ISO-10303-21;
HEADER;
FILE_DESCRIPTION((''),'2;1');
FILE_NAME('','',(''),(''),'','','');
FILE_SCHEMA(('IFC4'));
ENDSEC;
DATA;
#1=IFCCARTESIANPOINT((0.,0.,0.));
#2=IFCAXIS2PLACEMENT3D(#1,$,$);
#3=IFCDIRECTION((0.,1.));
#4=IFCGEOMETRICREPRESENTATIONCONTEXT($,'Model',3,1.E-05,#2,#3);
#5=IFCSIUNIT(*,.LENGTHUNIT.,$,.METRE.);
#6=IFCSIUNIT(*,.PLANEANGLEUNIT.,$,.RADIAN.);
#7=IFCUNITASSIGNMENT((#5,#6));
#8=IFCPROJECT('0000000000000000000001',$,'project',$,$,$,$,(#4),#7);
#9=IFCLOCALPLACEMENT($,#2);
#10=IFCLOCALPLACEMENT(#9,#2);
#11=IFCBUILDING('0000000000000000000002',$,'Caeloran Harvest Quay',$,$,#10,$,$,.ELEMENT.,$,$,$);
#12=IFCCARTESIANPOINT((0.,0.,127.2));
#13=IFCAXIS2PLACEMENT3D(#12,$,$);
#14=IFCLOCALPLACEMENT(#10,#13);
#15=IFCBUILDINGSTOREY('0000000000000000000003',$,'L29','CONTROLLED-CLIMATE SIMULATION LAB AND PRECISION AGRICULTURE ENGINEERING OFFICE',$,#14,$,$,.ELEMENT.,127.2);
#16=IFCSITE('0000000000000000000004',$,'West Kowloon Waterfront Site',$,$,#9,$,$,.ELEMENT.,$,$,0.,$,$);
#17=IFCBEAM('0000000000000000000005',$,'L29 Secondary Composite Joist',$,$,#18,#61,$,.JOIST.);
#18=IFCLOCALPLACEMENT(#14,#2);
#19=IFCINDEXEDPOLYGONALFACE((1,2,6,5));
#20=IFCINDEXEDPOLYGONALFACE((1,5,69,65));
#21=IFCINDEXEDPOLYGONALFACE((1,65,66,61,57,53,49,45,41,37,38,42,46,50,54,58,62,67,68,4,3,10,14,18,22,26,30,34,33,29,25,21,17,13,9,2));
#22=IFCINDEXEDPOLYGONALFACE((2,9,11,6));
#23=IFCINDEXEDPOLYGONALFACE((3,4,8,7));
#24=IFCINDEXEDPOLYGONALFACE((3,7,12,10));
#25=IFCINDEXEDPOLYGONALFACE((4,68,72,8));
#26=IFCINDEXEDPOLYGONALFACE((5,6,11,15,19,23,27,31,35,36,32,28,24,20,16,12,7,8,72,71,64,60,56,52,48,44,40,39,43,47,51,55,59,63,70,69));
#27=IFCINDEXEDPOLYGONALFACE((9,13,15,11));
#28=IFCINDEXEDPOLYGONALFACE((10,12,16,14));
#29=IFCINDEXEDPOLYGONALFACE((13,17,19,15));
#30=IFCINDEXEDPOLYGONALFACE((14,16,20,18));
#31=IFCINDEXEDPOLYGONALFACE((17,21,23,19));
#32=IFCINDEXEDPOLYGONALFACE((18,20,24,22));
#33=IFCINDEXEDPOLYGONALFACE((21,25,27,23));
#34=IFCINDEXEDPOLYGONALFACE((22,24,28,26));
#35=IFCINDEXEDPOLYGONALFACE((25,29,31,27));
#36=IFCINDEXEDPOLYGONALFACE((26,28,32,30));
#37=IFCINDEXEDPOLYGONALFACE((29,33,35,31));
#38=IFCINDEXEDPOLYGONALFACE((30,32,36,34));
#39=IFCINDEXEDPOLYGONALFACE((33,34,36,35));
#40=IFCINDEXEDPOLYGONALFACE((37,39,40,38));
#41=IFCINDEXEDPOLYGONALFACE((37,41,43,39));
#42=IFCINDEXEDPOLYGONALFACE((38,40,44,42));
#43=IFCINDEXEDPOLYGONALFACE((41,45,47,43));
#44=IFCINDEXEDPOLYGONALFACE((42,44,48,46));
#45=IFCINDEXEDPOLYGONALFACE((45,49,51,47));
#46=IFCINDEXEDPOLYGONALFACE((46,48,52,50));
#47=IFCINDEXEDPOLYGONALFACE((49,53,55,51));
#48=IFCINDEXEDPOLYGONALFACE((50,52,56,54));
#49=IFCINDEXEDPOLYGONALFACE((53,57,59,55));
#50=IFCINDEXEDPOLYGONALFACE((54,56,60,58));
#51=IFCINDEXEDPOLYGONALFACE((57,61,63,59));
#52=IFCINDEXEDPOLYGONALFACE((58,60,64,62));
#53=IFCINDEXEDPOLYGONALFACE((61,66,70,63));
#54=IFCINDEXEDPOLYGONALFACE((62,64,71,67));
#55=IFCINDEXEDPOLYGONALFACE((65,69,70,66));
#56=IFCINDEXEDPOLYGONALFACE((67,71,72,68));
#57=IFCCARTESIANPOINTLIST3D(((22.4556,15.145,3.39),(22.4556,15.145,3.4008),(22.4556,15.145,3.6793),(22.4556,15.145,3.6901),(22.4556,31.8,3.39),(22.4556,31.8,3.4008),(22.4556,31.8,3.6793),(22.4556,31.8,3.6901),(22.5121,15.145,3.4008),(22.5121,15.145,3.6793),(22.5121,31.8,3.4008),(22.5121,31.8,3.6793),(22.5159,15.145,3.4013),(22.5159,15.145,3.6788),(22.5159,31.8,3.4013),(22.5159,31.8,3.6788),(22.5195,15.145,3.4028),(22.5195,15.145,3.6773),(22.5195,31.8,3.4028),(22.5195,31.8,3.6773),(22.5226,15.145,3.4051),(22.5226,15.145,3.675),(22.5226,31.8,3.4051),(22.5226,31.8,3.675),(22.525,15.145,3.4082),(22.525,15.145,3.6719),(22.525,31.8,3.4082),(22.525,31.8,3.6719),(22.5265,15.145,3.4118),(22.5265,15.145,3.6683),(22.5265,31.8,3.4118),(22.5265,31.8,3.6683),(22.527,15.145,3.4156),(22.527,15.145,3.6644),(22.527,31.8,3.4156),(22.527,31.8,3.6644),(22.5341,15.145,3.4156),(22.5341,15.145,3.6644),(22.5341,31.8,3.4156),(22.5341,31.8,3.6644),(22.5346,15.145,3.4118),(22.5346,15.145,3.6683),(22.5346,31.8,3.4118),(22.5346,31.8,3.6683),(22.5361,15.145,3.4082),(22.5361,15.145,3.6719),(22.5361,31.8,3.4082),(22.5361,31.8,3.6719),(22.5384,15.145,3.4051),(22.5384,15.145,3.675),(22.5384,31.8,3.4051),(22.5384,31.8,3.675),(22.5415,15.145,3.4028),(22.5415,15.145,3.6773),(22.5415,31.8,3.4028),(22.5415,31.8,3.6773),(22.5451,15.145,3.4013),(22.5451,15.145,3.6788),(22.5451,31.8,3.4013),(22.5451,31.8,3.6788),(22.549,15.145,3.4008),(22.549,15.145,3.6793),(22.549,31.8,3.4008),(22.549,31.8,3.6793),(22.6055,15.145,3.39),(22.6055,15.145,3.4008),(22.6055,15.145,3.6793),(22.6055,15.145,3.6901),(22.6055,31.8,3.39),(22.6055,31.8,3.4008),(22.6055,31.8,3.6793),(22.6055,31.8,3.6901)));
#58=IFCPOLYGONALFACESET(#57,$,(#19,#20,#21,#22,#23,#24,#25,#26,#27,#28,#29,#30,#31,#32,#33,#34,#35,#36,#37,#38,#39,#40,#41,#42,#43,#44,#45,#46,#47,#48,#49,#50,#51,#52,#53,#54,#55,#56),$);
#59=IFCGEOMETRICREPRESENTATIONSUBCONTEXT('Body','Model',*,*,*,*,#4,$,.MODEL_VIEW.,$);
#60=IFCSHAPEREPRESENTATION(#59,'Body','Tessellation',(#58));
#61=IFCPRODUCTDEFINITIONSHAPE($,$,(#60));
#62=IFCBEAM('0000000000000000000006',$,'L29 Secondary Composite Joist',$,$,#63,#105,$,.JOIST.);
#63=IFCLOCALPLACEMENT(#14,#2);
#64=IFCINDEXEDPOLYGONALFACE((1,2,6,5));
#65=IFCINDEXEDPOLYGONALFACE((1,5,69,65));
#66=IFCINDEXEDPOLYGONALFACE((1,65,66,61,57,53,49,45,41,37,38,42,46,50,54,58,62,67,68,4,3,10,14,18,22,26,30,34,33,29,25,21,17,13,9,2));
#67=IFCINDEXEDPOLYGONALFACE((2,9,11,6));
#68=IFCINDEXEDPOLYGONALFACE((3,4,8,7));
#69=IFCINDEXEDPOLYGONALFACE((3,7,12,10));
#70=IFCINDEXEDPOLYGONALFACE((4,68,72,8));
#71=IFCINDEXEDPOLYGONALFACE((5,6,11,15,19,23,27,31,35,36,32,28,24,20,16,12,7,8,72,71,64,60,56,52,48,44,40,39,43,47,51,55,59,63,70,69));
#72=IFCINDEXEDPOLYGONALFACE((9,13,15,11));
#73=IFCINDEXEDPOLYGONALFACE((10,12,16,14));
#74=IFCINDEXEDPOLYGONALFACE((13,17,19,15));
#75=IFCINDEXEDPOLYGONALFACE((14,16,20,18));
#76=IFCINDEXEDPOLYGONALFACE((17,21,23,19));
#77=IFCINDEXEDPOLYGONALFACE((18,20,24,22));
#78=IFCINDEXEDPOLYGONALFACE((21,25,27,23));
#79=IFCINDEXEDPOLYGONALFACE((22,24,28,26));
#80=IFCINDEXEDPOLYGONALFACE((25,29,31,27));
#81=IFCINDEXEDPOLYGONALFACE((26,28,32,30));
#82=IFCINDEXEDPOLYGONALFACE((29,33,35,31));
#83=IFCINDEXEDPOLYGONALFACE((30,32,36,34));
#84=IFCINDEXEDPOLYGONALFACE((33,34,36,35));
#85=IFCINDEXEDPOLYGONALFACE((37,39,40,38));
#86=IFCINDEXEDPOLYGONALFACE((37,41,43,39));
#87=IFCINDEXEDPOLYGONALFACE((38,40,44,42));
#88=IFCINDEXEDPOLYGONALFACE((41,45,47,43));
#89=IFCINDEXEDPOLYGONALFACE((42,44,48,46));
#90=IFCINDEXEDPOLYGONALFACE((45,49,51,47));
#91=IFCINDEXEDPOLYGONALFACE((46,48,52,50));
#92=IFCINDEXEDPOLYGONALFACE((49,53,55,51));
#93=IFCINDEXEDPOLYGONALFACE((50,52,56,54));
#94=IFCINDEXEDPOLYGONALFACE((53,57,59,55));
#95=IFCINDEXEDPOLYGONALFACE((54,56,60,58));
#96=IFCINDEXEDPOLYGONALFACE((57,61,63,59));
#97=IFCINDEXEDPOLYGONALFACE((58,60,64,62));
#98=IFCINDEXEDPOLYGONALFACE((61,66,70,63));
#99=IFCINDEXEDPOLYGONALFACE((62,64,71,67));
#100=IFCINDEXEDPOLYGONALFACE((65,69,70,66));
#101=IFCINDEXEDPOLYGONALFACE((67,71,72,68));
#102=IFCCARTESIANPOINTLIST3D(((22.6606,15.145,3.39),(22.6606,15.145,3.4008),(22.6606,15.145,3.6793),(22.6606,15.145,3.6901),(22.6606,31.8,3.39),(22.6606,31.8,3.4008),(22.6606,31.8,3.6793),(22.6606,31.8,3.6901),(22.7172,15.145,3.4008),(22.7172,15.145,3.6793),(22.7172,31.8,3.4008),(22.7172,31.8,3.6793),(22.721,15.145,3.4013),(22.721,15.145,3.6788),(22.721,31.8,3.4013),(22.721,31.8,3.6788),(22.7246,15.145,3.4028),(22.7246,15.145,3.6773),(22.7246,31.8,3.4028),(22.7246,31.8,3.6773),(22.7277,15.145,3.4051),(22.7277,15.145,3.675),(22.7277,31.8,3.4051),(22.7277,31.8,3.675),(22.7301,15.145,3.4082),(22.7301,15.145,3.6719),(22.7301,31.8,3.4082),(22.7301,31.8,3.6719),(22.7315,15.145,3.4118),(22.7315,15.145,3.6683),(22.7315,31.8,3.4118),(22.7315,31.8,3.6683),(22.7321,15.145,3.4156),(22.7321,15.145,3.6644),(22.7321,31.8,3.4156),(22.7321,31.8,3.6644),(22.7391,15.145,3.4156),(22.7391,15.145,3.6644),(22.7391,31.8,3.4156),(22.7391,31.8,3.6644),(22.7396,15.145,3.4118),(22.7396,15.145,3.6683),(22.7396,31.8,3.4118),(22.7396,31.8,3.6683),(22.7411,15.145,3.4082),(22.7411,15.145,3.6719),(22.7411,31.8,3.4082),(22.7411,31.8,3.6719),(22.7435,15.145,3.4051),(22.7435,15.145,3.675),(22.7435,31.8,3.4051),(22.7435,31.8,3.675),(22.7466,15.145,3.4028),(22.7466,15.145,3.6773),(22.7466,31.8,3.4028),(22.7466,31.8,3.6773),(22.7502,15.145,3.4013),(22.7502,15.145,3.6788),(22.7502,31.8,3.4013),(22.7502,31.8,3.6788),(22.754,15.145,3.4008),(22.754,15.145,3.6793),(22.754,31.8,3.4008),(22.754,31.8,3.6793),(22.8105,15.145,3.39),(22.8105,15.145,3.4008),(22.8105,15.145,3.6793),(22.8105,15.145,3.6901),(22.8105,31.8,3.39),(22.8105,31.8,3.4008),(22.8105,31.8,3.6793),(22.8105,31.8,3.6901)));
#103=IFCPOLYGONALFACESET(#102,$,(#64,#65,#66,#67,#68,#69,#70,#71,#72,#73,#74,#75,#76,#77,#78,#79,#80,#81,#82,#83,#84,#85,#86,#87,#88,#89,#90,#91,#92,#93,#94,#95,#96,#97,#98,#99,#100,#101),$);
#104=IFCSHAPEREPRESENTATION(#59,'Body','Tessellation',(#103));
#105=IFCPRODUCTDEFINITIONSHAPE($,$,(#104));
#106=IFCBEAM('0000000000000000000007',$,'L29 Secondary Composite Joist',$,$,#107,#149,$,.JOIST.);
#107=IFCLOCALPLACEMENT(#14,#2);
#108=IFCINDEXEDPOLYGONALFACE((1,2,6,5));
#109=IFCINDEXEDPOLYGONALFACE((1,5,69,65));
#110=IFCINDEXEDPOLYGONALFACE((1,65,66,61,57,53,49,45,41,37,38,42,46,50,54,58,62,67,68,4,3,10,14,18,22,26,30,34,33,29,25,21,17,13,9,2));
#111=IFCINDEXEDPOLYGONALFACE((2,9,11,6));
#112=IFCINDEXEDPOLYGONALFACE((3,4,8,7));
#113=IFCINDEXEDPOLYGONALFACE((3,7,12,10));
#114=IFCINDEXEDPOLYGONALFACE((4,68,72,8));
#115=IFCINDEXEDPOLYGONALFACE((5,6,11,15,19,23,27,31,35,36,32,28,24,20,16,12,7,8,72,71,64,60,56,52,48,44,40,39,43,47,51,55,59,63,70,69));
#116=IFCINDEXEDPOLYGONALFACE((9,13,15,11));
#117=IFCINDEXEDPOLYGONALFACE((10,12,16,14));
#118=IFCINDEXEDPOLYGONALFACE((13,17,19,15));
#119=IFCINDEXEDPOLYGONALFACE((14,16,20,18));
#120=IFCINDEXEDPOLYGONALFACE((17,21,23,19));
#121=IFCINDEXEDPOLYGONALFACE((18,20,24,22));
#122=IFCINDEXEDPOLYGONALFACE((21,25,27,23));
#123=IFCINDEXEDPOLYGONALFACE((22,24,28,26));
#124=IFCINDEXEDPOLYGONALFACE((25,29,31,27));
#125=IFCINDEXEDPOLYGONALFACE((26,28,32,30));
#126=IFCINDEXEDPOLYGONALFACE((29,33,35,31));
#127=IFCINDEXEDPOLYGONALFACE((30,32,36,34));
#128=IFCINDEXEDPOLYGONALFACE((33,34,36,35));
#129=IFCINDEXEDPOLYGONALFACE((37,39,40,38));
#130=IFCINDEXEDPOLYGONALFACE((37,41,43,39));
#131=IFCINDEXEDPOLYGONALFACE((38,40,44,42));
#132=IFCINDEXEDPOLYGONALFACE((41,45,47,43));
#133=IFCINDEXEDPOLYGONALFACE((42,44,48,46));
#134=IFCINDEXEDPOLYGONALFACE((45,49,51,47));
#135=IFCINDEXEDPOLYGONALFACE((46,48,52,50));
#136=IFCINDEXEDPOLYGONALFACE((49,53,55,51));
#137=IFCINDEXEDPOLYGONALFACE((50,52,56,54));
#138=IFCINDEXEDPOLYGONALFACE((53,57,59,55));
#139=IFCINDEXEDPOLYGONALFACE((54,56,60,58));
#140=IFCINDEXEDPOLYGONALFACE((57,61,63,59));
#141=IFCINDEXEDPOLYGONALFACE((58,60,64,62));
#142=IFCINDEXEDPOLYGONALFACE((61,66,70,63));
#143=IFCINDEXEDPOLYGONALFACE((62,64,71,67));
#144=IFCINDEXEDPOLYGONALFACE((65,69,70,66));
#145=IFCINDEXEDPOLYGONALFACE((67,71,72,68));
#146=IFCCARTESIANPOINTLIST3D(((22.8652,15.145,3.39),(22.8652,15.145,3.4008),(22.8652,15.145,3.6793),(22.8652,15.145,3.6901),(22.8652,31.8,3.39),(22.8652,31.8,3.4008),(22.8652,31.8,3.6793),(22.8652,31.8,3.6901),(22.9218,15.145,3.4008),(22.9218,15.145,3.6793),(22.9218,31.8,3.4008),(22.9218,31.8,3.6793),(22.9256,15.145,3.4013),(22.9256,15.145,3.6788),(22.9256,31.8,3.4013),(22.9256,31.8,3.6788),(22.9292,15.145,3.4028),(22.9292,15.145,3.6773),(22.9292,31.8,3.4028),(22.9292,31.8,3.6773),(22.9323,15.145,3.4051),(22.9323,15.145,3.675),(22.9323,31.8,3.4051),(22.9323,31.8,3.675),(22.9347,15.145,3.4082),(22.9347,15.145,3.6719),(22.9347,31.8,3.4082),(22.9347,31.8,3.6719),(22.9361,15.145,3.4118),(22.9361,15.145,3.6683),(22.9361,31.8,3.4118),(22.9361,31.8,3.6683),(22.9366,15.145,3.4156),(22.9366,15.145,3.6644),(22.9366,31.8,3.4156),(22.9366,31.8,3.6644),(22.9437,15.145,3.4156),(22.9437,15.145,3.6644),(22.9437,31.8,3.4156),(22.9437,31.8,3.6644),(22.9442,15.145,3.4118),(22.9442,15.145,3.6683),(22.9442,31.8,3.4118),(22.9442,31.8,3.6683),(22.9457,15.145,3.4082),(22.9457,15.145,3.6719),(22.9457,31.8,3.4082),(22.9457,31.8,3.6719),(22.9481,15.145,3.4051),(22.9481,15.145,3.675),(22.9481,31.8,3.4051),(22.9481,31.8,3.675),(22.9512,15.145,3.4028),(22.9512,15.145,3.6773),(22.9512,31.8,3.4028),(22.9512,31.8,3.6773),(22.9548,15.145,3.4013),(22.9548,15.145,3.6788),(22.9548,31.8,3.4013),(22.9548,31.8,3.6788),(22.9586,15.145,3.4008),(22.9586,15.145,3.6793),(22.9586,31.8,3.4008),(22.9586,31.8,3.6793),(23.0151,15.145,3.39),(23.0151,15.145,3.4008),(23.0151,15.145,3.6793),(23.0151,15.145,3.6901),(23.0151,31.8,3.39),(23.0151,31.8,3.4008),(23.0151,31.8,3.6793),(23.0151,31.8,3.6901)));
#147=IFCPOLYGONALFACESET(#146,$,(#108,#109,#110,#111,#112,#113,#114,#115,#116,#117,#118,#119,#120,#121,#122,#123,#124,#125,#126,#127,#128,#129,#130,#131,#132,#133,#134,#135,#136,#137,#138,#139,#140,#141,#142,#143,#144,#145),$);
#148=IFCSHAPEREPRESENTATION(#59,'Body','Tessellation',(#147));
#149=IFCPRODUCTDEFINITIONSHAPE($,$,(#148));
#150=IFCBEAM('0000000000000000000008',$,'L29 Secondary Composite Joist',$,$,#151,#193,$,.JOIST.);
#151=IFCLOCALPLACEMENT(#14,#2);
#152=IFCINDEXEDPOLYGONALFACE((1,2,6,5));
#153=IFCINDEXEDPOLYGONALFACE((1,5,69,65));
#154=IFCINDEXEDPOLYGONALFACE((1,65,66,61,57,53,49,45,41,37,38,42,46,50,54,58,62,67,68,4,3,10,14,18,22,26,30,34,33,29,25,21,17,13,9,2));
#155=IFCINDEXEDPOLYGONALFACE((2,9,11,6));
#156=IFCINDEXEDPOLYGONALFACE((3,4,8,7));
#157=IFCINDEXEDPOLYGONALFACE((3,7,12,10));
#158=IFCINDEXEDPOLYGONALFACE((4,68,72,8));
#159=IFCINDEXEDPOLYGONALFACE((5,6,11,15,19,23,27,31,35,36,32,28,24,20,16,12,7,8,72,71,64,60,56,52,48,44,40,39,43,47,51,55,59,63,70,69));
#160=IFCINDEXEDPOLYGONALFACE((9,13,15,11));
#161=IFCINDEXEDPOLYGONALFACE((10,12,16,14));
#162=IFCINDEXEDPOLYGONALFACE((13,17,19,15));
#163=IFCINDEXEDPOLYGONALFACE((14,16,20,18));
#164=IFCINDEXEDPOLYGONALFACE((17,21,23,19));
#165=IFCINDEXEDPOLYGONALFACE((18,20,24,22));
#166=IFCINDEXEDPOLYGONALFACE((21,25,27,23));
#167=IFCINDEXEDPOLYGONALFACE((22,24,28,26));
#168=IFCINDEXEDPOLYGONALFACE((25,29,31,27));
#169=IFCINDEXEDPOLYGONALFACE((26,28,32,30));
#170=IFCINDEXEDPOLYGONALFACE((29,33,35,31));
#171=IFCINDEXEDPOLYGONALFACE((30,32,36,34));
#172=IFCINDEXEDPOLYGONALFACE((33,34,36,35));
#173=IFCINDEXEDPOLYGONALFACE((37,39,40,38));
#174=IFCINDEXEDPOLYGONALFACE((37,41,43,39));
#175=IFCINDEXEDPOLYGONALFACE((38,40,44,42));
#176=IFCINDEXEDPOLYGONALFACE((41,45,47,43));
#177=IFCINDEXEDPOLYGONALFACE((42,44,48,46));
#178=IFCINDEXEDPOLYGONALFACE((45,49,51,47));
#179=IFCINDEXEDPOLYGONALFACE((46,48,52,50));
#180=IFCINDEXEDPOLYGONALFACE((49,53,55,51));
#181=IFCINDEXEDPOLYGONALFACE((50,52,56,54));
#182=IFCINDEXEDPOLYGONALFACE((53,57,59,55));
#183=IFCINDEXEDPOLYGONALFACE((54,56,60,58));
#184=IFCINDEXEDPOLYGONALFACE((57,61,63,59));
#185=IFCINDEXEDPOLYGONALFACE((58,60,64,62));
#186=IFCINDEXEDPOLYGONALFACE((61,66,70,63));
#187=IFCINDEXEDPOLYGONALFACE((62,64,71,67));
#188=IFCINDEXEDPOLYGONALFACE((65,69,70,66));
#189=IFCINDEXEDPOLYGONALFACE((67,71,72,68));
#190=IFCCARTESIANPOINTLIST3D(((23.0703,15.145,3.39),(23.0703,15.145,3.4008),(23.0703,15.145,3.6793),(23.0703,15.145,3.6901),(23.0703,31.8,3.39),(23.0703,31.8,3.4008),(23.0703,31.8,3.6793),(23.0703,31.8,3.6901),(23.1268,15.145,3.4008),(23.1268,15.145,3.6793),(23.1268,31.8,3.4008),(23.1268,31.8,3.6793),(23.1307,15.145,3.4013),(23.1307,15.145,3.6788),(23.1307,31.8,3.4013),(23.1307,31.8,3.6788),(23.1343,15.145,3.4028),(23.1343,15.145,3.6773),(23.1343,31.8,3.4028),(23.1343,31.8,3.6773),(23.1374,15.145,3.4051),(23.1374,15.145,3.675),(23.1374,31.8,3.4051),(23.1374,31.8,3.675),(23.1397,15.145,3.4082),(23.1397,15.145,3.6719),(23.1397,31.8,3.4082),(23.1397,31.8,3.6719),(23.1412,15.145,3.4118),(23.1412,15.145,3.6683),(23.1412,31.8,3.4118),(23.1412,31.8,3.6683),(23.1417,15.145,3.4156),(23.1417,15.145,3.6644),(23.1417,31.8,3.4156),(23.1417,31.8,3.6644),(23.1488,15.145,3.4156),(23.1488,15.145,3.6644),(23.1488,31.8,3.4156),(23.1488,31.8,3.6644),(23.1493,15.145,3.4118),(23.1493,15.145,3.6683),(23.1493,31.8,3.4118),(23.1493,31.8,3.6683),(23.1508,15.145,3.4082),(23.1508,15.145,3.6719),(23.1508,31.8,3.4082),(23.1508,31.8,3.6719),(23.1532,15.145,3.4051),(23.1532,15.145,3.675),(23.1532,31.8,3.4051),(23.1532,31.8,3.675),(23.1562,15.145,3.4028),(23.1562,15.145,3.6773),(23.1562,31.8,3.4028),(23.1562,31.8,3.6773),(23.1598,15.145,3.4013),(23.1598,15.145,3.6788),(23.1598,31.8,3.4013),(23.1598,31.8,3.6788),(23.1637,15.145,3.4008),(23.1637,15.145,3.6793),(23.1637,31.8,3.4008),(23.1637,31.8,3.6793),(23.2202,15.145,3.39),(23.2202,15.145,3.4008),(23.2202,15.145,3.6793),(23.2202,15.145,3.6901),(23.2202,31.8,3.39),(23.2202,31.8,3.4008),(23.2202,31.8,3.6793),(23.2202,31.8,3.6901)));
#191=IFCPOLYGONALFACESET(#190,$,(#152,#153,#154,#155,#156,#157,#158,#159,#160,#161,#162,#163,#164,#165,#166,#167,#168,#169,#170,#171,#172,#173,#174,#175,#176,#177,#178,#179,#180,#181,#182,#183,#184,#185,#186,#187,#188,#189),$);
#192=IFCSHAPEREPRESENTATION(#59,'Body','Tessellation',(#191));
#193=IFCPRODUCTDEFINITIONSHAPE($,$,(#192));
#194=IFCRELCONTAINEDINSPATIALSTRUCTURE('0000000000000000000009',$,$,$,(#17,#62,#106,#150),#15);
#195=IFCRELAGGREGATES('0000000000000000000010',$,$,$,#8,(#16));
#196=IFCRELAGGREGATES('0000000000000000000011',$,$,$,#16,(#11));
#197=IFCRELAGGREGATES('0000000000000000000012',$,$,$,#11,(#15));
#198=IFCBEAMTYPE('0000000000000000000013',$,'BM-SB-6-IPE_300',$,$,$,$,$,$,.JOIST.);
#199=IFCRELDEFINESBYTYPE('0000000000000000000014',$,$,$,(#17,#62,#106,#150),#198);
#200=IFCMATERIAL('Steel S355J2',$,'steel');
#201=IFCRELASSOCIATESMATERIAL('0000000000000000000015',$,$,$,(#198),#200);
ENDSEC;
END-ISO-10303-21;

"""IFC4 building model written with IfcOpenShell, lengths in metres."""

from ifc_helpers import new_model, si_unit, direction, frame, origin, origin_2d, place, context, subcontext, project, spatial, i_section, extrude, material, material_profile, profile_set, type_object, element, save


model = new_model("IFC4")

# Units and contexts
model_context = context("Model", 3, precision=1e-05, world=origin(), true_north=direction((0.0, 1.0)))
body_context = subcontext(model_context, "Body", "Model", "MODEL_VIEW")
ifc_project = project(units=[si_unit("LENGTHUNIT", "METRE"), si_unit("PLANEANGLEUNIT", "RADIAN")], contexts=[model_context])

# Site, building, storey
site_placement = place(None, origin())
site = spatial("IfcSite", under=ifc_project, at=site_placement, Name="West Kowloon Waterfront Site", CompositionType="ELEMENT", RefElevation=0.0)
building_placement = place(site_placement, origin())
building = spatial("IfcBuilding", under=site, at=building_placement, Name="Caeloran Harvest Quay", CompositionType="ELEMENT")
storey_placement = place(building_placement, frame((0.0, 0.0, 127.2)))
storey = spatial("IfcBuildingStorey", under=building, at=storey_placement, Name="L29", Description="CONTROLLED-CLIMATE SIMULATION LAB AND PRECISION AGRICULTURE ENGINEERING OFFICE", CompositionType="ELEMENT", Elevation=127.2)

# Beams
ifc_material_1 = material(Name="Steel S355J2", Category="steel")
ifc_material_profile_1 = material_profile(ifc_material_1, i_section(OverallWidth=0.1499, OverallDepth=0.3, WebThickness=0.0071, FlangeThickness=0.0107, FilletRadius=0.0149, at=origin_2d()), Name="IPE 300")
ifc_profile_set_1 = profile_set([ifc_material_profile_1], Name="Steel S355J2")
beam_type_1 = type_object("IfcBeamType", Name="BM-SB-6-IPE_300", PredefinedType="JOIST", material=ifc_profile_set_1)
for number, where, z_axis, x_axis, name in (
    (1, (22.5305, 15.145, 3.54), (0.0, 1.0, 0.0), (-1.0, 0.0, 0.0), "L29 Secondary Composite Joist"),
    (2, (22.7356, 15.145, 3.54), (0.0, 1.0, 0.0), (-1.0, 0.0, 0.0), "L29 Secondary Composite Joist"),
    (3, (22.9402, 15.145, 3.54), (0.0, 1.0, 0.0), (-1.0, 0.0, 0.0), "L29 Secondary Composite Joist"),
    (4, (23.1453, 15.145, 3.54), (0.0, 1.0, 0.0), (-1.0, 0.0, 0.0), "L29 Secondary Composite Joist"),
):
    element("IfcBeam", number, at=place(storey_placement, frame(where, z_axis=z_axis, x_axis=x_axis)), inside=storey, type_object=beam_type_1, Name=name, PredefinedType="JOIST", context=body_context, shape_type="SweptSolid", body=[
        extrude(i_section(OverallWidth=0.1499, OverallDepth=0.3, WebThickness=0.0071, FlangeThickness=0.0107, FilletRadius=0.0149, at=origin_2d()), origin(), (0.0, 0.0, 1.0), 16.655),
    ])

save(model, "model.ifc")
